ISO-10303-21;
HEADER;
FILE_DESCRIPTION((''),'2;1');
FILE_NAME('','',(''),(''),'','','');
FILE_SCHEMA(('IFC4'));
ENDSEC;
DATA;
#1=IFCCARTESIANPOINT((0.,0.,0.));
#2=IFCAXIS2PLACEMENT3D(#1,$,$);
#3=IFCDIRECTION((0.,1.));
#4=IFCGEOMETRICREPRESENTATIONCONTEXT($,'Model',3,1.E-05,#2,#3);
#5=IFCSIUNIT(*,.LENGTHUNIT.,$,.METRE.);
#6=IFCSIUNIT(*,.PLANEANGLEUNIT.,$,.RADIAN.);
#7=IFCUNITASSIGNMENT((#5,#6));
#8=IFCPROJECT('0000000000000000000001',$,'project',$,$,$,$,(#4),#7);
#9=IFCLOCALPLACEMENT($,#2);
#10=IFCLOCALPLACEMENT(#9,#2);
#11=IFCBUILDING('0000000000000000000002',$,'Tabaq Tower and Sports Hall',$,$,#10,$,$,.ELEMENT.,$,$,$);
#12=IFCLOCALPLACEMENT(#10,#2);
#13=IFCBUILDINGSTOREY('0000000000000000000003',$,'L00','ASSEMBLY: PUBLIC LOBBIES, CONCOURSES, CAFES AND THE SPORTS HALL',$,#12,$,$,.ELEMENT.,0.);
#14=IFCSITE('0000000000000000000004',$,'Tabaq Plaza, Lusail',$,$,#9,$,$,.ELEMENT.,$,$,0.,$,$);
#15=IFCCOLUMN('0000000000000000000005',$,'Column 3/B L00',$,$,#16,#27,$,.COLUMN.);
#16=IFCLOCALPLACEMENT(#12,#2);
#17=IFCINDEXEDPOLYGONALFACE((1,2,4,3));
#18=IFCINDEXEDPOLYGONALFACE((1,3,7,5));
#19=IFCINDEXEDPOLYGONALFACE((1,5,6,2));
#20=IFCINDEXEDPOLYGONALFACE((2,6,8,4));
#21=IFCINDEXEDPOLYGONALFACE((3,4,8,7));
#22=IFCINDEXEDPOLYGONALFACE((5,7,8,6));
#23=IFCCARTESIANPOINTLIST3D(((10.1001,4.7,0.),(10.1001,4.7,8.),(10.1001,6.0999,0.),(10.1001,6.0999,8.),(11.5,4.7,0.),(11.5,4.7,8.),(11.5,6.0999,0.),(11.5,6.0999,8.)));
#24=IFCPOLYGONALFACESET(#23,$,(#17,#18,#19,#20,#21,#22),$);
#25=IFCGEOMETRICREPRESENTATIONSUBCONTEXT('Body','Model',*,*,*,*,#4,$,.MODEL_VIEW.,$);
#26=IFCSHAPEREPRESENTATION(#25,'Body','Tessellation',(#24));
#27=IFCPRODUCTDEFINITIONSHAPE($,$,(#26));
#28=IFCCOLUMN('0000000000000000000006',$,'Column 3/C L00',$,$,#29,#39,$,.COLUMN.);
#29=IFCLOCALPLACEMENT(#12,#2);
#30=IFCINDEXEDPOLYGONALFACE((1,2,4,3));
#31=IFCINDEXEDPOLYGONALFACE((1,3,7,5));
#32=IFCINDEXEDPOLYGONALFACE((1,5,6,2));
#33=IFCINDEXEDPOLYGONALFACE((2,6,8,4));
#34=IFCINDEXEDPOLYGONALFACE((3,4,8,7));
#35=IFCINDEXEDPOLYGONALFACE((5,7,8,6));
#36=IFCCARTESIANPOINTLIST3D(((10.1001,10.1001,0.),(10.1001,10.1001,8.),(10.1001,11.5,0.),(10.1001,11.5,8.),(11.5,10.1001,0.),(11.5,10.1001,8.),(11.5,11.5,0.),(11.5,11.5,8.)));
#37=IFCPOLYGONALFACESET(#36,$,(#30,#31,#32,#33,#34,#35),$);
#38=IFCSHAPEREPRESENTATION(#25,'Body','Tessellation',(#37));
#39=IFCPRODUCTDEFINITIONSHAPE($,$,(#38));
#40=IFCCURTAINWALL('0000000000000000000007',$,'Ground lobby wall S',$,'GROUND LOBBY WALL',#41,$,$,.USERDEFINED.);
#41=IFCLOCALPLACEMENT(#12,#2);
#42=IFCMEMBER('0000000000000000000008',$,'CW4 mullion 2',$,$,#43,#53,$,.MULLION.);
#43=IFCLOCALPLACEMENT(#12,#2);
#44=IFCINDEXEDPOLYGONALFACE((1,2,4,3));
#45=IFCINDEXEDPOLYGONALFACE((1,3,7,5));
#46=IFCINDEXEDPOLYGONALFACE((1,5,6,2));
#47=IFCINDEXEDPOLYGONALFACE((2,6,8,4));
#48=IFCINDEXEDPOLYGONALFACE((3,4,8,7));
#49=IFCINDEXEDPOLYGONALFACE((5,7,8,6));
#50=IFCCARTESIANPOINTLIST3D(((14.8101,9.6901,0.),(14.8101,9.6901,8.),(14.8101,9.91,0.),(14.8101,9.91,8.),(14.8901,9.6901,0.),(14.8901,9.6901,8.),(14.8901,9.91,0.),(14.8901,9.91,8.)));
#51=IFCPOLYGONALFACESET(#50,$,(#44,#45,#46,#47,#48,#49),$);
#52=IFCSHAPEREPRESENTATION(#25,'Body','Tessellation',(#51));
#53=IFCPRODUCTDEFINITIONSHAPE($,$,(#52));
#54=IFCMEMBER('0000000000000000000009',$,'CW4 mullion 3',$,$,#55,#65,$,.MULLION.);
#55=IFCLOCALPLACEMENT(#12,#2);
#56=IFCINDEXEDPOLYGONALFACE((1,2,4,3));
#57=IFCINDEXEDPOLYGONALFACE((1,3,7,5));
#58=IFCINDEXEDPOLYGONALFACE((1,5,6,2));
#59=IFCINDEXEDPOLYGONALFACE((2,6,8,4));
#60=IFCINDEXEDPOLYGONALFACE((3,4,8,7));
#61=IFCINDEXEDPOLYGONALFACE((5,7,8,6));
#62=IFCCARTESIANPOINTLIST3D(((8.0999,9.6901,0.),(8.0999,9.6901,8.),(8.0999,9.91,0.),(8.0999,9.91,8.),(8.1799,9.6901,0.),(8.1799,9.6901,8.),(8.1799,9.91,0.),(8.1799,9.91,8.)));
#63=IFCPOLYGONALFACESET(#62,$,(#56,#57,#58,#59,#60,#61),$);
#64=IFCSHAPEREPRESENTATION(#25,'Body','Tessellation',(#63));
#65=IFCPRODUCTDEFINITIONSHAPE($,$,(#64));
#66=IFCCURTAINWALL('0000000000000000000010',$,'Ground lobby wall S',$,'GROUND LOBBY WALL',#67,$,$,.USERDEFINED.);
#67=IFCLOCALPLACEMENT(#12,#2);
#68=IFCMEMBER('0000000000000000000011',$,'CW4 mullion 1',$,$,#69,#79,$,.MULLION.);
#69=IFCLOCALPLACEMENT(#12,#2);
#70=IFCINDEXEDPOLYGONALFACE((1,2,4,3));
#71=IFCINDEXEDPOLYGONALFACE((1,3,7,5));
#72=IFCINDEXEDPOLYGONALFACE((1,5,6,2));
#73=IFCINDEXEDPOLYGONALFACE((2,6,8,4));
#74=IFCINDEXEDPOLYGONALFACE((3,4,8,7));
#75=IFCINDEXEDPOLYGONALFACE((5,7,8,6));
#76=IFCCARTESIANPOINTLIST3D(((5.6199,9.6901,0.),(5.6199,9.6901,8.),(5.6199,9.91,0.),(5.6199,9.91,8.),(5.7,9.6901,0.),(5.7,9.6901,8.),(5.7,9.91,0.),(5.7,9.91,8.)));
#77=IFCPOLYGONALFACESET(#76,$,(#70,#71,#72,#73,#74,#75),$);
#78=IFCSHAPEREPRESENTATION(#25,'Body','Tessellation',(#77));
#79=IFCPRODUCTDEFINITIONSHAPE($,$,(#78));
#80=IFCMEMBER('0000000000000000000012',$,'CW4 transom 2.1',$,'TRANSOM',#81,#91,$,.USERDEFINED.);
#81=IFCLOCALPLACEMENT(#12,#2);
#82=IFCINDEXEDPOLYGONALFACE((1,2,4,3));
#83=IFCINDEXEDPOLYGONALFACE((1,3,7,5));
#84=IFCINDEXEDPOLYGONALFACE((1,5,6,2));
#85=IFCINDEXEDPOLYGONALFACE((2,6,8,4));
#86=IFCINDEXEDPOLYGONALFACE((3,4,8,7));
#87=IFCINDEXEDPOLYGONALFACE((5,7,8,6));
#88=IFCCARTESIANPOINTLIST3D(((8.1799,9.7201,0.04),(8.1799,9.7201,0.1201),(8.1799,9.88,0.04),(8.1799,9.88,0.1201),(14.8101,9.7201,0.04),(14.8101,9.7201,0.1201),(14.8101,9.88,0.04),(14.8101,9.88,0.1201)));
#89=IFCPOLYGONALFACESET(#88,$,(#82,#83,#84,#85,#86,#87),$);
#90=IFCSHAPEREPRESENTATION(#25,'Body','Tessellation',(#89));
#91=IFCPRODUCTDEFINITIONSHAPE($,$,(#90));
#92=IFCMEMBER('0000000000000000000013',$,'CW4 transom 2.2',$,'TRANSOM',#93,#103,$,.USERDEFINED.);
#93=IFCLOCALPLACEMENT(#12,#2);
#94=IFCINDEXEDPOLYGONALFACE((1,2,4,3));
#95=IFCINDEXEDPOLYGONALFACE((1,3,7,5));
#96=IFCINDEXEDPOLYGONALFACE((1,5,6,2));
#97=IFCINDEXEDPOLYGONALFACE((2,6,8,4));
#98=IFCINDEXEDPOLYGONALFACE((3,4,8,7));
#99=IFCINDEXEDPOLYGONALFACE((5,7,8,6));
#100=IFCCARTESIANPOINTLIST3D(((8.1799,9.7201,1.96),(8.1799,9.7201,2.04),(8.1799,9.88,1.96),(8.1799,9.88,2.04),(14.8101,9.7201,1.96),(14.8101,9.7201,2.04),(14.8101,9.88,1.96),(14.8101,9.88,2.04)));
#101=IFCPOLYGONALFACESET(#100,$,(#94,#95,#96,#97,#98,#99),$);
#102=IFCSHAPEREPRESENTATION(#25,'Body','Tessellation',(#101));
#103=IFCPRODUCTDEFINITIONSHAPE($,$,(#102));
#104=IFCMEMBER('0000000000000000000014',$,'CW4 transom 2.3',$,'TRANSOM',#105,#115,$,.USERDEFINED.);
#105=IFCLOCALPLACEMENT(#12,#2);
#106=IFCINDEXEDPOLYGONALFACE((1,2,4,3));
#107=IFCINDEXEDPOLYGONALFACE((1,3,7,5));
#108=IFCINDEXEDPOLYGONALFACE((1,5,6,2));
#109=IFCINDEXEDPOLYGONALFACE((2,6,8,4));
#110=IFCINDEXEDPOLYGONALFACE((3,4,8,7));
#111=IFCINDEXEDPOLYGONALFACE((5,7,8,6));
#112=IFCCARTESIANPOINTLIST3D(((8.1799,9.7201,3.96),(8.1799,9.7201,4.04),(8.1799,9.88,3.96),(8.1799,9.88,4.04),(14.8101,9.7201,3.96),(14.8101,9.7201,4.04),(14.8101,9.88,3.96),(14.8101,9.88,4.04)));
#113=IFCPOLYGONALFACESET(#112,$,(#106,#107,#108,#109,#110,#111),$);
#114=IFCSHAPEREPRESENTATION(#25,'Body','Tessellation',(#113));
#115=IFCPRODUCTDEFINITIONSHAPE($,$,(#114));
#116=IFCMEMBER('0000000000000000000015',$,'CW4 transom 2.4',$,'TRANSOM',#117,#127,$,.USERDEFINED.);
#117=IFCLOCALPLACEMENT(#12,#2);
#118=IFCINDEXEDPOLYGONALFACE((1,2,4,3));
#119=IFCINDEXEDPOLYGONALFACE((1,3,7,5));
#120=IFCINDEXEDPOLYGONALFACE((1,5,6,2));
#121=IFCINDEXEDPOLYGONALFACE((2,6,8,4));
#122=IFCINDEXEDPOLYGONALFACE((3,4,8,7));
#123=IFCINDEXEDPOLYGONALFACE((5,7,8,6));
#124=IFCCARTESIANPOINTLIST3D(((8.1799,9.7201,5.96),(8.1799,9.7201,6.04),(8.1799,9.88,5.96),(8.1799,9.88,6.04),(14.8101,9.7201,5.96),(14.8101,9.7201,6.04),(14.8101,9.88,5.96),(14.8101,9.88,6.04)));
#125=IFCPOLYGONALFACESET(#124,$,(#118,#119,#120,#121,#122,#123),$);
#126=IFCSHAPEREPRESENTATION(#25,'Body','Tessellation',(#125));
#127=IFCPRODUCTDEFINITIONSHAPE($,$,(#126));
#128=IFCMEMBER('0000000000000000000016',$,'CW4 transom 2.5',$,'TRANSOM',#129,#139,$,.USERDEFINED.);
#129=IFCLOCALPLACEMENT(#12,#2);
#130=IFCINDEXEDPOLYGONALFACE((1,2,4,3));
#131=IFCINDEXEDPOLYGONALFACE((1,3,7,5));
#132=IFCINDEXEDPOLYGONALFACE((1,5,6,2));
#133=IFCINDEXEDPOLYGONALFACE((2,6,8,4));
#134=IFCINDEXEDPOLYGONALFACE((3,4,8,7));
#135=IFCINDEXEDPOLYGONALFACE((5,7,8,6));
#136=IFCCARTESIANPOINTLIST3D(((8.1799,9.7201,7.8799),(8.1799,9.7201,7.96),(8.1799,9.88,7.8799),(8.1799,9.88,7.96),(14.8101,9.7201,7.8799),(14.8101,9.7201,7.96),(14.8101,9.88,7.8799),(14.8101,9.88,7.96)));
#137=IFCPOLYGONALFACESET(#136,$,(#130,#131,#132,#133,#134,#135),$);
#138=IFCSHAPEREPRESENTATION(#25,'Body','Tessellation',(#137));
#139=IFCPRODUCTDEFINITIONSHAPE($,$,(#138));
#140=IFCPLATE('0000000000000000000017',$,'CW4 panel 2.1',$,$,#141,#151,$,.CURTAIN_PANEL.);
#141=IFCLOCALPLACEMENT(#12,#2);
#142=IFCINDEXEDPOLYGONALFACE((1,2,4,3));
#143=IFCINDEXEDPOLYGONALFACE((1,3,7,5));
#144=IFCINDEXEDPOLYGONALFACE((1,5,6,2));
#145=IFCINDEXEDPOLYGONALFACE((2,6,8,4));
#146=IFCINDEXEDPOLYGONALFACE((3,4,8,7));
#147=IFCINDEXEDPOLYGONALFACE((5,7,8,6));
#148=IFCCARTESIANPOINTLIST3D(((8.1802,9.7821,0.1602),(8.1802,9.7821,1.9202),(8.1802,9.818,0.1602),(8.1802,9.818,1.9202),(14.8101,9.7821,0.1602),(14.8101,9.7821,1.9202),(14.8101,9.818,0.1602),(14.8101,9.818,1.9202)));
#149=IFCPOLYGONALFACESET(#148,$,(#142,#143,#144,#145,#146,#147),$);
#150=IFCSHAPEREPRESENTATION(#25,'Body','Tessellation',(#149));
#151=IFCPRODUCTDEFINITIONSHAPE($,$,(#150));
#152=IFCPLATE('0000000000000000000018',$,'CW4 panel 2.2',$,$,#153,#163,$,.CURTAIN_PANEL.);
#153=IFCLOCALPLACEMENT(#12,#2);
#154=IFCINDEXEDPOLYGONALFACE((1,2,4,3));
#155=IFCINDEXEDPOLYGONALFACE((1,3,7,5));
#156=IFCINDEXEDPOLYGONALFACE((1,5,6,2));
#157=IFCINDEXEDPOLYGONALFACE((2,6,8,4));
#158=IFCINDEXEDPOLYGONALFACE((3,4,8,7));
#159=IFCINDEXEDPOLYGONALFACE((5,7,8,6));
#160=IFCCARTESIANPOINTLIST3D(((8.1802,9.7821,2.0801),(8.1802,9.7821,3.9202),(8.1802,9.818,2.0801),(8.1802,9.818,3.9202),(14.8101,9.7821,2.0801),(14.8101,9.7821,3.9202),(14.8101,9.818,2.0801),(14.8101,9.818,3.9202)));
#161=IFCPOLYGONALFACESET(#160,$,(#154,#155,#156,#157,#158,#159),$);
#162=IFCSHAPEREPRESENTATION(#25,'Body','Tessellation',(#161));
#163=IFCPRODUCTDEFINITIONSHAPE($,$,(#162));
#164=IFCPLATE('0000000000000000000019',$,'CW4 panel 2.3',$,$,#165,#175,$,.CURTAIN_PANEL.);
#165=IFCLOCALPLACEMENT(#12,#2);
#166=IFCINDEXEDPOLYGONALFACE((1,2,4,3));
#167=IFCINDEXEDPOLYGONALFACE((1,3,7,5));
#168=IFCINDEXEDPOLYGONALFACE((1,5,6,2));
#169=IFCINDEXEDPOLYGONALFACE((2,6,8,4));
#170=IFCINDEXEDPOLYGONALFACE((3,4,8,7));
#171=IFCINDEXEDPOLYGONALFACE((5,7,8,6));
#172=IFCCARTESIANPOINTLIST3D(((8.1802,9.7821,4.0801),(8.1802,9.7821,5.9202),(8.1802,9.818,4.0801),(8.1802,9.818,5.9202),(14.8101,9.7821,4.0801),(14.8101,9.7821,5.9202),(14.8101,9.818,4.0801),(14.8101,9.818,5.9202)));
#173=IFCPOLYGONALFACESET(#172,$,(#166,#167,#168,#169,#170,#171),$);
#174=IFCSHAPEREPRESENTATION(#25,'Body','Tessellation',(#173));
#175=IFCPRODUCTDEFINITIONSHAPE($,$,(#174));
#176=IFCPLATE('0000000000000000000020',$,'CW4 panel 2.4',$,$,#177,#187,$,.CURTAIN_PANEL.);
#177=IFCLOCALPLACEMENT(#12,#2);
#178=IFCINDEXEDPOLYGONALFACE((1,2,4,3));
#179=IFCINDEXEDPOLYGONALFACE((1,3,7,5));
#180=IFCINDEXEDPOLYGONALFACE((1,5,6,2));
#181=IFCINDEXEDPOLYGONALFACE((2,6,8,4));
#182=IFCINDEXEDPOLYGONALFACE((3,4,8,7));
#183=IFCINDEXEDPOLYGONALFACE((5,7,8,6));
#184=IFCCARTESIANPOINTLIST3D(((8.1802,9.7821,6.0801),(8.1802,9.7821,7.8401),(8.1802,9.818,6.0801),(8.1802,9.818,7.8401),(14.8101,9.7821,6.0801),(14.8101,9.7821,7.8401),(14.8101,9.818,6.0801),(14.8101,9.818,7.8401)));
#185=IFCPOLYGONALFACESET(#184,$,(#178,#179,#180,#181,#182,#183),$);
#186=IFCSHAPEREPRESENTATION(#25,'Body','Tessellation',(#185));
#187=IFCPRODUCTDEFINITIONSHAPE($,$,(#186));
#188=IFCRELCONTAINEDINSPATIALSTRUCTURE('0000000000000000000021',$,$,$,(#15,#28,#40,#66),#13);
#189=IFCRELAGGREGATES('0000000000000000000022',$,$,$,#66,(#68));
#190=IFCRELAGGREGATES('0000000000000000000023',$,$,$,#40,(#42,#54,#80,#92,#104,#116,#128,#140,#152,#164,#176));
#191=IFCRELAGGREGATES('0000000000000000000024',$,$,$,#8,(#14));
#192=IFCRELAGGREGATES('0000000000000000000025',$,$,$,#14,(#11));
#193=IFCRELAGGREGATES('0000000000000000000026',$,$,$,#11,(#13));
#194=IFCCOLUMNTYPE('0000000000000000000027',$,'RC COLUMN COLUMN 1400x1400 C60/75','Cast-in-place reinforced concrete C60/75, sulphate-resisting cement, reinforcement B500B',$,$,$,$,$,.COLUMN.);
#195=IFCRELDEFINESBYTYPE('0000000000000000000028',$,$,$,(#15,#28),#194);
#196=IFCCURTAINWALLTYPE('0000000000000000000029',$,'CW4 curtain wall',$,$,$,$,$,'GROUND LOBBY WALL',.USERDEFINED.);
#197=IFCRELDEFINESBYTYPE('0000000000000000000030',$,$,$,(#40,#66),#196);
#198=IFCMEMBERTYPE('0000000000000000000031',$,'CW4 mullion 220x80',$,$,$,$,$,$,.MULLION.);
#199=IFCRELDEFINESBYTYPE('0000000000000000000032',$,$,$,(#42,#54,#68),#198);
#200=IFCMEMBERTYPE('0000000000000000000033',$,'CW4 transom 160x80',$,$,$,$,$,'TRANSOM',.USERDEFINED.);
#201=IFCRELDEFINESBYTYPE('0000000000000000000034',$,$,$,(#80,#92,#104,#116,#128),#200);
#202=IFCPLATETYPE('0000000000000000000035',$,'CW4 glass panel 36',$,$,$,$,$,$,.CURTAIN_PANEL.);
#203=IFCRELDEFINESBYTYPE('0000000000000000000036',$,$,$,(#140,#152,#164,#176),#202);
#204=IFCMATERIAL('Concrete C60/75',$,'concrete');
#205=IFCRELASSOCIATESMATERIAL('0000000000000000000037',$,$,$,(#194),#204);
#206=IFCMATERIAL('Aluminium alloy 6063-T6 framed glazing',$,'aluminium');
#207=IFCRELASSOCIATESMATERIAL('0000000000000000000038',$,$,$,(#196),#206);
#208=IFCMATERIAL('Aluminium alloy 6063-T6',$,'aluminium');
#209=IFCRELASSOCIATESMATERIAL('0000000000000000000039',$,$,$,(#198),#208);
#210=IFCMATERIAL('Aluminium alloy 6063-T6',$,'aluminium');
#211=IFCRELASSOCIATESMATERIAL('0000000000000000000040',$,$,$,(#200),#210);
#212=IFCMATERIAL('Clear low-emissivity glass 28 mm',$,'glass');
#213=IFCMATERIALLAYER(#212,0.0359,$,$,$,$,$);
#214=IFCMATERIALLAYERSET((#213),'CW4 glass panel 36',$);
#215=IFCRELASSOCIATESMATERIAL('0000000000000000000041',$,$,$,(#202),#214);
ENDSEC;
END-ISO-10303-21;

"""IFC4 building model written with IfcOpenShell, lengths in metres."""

from ifc_helpers import new_model, si_unit, direction, frame, origin, origin_2d, place, context, subcontext, project, spatial, rectangle, extrude, material, layer, layer_set, material_profile, profile_set, type_object, element, aggregate, save


model = new_model("IFC4")

# Units and contexts
model_context = context("Model", 3, precision=1e-05, world=origin(), true_north=direction((0.0, 1.0)))
body_context = subcontext(model_context, "Body", "Model", "MODEL_VIEW")
ifc_project = project(units=[si_unit("LENGTHUNIT", "METRE"), si_unit("PLANEANGLEUNIT", "RADIAN")], contexts=[model_context])

# Site, building, storey
site_placement = place(None, origin())
site = spatial("IfcSite", under=ifc_project, at=site_placement, Name="Tabaq Plaza, Lusail", CompositionType="ELEMENT", RefElevation=0.0)
building_placement = place(site_placement, origin())
building = spatial("IfcBuilding", under=site, at=building_placement, Name="Tabaq Tower and Sports Hall", CompositionType="ELEMENT")
storey_placement = place(building_placement, origin())
storey = spatial("IfcBuildingStorey", under=building, at=storey_placement, Name="L00", Description="ASSEMBLY: PUBLIC LOBBIES, CONCOURSES, CAFES AND THE SPORTS HALL", CompositionType="ELEMENT", Elevation=0.0)

# Columns
ifc_material_1 = material(Name="Concrete C60/75", Category="concrete")
ifc_material_profile_1 = material_profile(ifc_material_1, rectangle(XDim=1.3999, YDim=1.3999, at=origin_2d()), Name="COLUMN 1400x1400")
ifc_profile_set_1 = profile_set([ifc_material_profile_1], Name="Concrete C60/75")
column_type = type_object("IfcColumnType", Name="RC COLUMN COLUMN 1400x1400 C60/75", Description="Cast-in-place reinforced concrete C60/75, sulphate-resisting cement, reinforcement B500B", PredefinedType="COLUMN", material=ifc_profile_set_1)
for number, where, z_axis, x_axis, name in (
    (1, (10.8, 5.3999, 0.0), (0.0, 0.0, 1.0), (1.0, 0.0, 0.0), "Column 3/B L00"),
    (2, (10.8, 10.8, 0.0), (0.0, 0.0, 1.0), (1.0, 0.0, 0.0), "Column 3/C L00"),
):
    element("IfcColumn", number, at=place(storey_placement, frame(where, z_axis=z_axis, x_axis=x_axis)), inside=storey, type_object=column_type, Name=name, PredefinedType="COLUMN", context=body_context, shape_type="SweptSolid", body=[
        extrude(rectangle(XDim=1.3999, YDim=1.3999, at=origin_2d()), origin(), (0.0, 0.0, 1.0), 8.0),
    ])

# Curtain wall, members
ifc_material_2 = material(Name="Aluminium alloy 6063-T6 framed glazing", Category="aluminium")
curtain_wall_type = type_object("IfcCurtainWallType", Name="CW4 curtain wall", ElementType="GROUND LOBBY WALL", PredefinedType="USERDEFINED", material=ifc_material_2)
curtain_wall_1_placement = place(storey_placement, origin())
curtain_wall_1 = element("IfcCurtainWall", 3, at=curtain_wall_1_placement, inside=storey, type_object=curtain_wall_type, Name="Ground lobby wall S", ObjectType="GROUND LOBBY WALL", PredefinedType="USERDEFINED")
ifc_material_3 = material(Name="Aluminium alloy 6063-T6", Category="aluminium")
ifc_material_profile_2 = material_profile(ifc_material_3, rectangle(XDim=0.22, YDim=0.0801, at=origin_2d()), Name="MULLION 220x80")
ifc_profile_set_2 = profile_set([ifc_material_profile_2], Name="Aluminium alloy 6063-T6")
member_type_1 = type_object("IfcMemberType", Name="CW4 mullion 220x80", PredefinedType="MULLION", material=ifc_profile_set_2)
member_1_placement = place(storey_placement, frame((14.8501, 9.8, 0.0), z_axis=(0.0, 0.0, 1.0), x_axis=(0.0, -1.0, 0.0)))
member_1 = element("IfcMember", 4, at=member_1_placement, type_object=member_type_1, Name="CW4 mullion 2", PredefinedType="MULLION", context=body_context, shape_type="SweptSolid", body=[
    extrude(rectangle(XDim=0.22, YDim=0.0801, at=origin_2d()), origin(), (0.0, 0.0, 1.0), 8.0),
])
member_2_placement = place(storey_placement, frame((8.1399, 9.8, 0.0), z_axis=(0.0, 0.0, 1.0), x_axis=(0.0, -1.0, 0.0)))
member_2 = element("IfcMember", 5, at=member_2_placement, type_object=member_type_1, Name="CW4 mullion 3", PredefinedType="MULLION", context=body_context, shape_type="SweptSolid", body=[
    extrude(rectangle(XDim=0.22, YDim=0.0801, at=origin_2d()), origin(), (0.0, 0.0, 1.0), 8.0),
])

# Curtain wall, member
curtain_wall_2_placement = place(storey_placement, origin())
curtain_wall_2 = element("IfcCurtainWall", 6, at=curtain_wall_2_placement, inside=storey, type_object=curtain_wall_type, Name="Ground lobby wall S", ObjectType="GROUND LOBBY WALL", PredefinedType="USERDEFINED")
member_3_placement = place(storey_placement, frame((5.6599, 9.8, 0.0), z_axis=(0.0, 0.0, 1.0), x_axis=(0.0, -1.0, 0.0)))
member_3 = element("IfcMember", 7, at=member_3_placement, type_object=member_type_1, Name="CW4 mullion 1", PredefinedType="MULLION", context=body_context, shape_type="SweptSolid", body=[
    extrude(rectangle(XDim=0.22, YDim=0.0801, at=origin_2d()), origin(), (0.0, 0.0, 1.0), 8.0),
])
aggregate(curtain_wall_2, [member_3])

# Members
ifc_material_4 = material(Name="Aluminium alloy 6063-T6", Category="aluminium")
ifc_material_profile_3 = material_profile(ifc_material_4, rectangle(XDim=0.1599, YDim=0.0801, at=origin_2d()), Name="TRANSOM 160x80")
ifc_profile_set_3 = profile_set([ifc_material_profile_3], Name="Aluminium alloy 6063-T6")
member_type_2 = type_object("IfcMemberType", Name="CW4 transom 160x80", ElementType="TRANSOM", PredefinedType="USERDEFINED", material=ifc_profile_set_3)
member_4_placement = place(storey_placement, frame((14.8101, 9.8, 0.0801), z_axis=(-1.0, 0.0, 0.0), x_axis=(0.0, -1.0, 0.0)))
member_4 = element("IfcMember", 8, at=member_4_placement, type_object=member_type_2, Name="CW4 transom 2.1", ObjectType="TRANSOM", PredefinedType="USERDEFINED", context=body_context, shape_type="SweptSolid", body=[
    extrude(rectangle(XDim=0.1599, YDim=0.0801, at=origin_2d()), origin(), (0.0, 0.0, 1.0), 6.6301),
])
member_5_placement = place(storey_placement, frame((14.8101, 9.8, 2.0), z_axis=(-1.0, 0.0, 0.0), x_axis=(0.0, -1.0, 0.0)))
member_5 = element("IfcMember", 9, at=member_5_placement, type_object=member_type_2, Name="CW4 transom 2.2", ObjectType="TRANSOM", PredefinedType="USERDEFINED", context=body_context, shape_type="SweptSolid", body=[
    extrude(rectangle(XDim=0.1599, YDim=0.0801, at=origin_2d()), origin(), (0.0, 0.0, 1.0), 6.6301),
])
member_6_placement = place(storey_placement, frame((14.8101, 9.8, 4.0), z_axis=(-1.0, 0.0, 0.0), x_axis=(0.0, -1.0, 0.0)))
member_6 = element("IfcMember", 10, at=member_6_placement, type_object=member_type_2, Name="CW4 transom 2.3", ObjectType="TRANSOM", PredefinedType="USERDEFINED", context=body_context, shape_type="SweptSolid", body=[
    extrude(rectangle(XDim=0.1599, YDim=0.0801, at=origin_2d()), origin(), (0.0, 0.0, 1.0), 6.6301),
])
member_7_placement = place(storey_placement, frame((14.8101, 9.8, 6.0), z_axis=(-1.0, 0.0, 0.0), x_axis=(0.0, -1.0, 0.0)))
member_7 = element("IfcMember", 11, at=member_7_placement, type_object=member_type_2, Name="CW4 transom 2.4", ObjectType="TRANSOM", PredefinedType="USERDEFINED", context=body_context, shape_type="SweptSolid", body=[
    extrude(rectangle(XDim=0.1599, YDim=0.0801, at=origin_2d()), origin(), (0.0, 0.0, 1.0), 6.6301),
])
member_8_placement = place(storey_placement, frame((14.8101, 9.8, 7.9199), z_axis=(-1.0, 0.0, 0.0), x_axis=(0.0, -1.0, 0.0)))
member_8 = element("IfcMember", 12, at=member_8_placement, type_object=member_type_2, Name="CW4 transom 2.5", ObjectType="TRANSOM", PredefinedType="USERDEFINED", context=body_context, shape_type="SweptSolid", body=[
    extrude(rectangle(XDim=0.1599, YDim=0.0801, at=origin_2d()), origin(), (0.0, 0.0, 1.0), 6.6301),
])

# Plates
ifc_material_5 = material(Name="Clear low-emissivity glass 28 mm", Category="glass")
ifc_layer_1 = layer(ifc_material_5, 0.0359)
ifc_layer_set_1 = layer_set([ifc_layer_1], Name="CW4 glass panel 36")
plate_type = type_object("IfcPlateType", Name="CW4 glass panel 36", PredefinedType="CURTAIN_PANEL", material=ifc_layer_set_1)
plate_1_placement = place(storey_placement, frame((11.4951, 9.8, 0.1602), z_axis=(0.0, 0.0, 1.0), x_axis=(-1.0, 0.0, 0.0)))
plate_1 = element("IfcPlate", 13, at=plate_1_placement, type_object=plate_type, Name="CW4 panel 2.1", PredefinedType="CURTAIN_PANEL", context=body_context, shape_type="SweptSolid", body=[
    extrude(rectangle(XDim=6.6299, YDim=0.0359, at=origin_2d()), origin(), (0.0, 0.0, 1.0), 1.76),
])
plate_2_placement = place(storey_placement, frame((11.4951, 9.8, 2.0801), z_axis=(0.0, 0.0, 1.0), x_axis=(-1.0, 0.0, 0.0)))
plate_2 = element("IfcPlate", 14, at=plate_2_placement, type_object=plate_type, Name="CW4 panel 2.2", PredefinedType="CURTAIN_PANEL", context=body_context, shape_type="SweptSolid", body=[
    extrude(rectangle(XDim=6.6299, YDim=0.0359, at=origin_2d()), origin(), (0.0, 0.0, 1.0), 1.8401),
])
plate_3_placement = place(storey_placement, frame((11.4951, 9.8, 4.0801), z_axis=(0.0, 0.0, 1.0), x_axis=(-1.0, 0.0, 0.0)))
plate_3 = element("IfcPlate", 15, at=plate_3_placement, type_object=plate_type, Name="CW4 panel 2.3", PredefinedType="CURTAIN_PANEL", context=body_context, shape_type="SweptSolid", body=[
    extrude(rectangle(XDim=6.6299, YDim=0.0359, at=origin_2d()), origin(), (0.0, 0.0, 1.0), 1.8401),
])
plate_4_placement = place(storey_placement, frame((11.4951, 9.8, 6.0801), z_axis=(0.0, 0.0, 1.0), x_axis=(-1.0, 0.0, 0.0)))
plate_4 = element("IfcPlate", 16, at=plate_4_placement, type_object=plate_type, Name="CW4 panel 2.4", PredefinedType="CURTAIN_PANEL", context=body_context, shape_type="SweptSolid", body=[
    extrude(rectangle(XDim=6.6299, YDim=0.0359, at=origin_2d()), origin(), (0.0, 0.0, 1.0), 1.76),
])
aggregate(curtain_wall_1, [member_1, member_2, member_4, member_5, member_6, member_7, member_8, plate_1, plate_2, plate_3, plate_4])

save(model, "model.ifc")
